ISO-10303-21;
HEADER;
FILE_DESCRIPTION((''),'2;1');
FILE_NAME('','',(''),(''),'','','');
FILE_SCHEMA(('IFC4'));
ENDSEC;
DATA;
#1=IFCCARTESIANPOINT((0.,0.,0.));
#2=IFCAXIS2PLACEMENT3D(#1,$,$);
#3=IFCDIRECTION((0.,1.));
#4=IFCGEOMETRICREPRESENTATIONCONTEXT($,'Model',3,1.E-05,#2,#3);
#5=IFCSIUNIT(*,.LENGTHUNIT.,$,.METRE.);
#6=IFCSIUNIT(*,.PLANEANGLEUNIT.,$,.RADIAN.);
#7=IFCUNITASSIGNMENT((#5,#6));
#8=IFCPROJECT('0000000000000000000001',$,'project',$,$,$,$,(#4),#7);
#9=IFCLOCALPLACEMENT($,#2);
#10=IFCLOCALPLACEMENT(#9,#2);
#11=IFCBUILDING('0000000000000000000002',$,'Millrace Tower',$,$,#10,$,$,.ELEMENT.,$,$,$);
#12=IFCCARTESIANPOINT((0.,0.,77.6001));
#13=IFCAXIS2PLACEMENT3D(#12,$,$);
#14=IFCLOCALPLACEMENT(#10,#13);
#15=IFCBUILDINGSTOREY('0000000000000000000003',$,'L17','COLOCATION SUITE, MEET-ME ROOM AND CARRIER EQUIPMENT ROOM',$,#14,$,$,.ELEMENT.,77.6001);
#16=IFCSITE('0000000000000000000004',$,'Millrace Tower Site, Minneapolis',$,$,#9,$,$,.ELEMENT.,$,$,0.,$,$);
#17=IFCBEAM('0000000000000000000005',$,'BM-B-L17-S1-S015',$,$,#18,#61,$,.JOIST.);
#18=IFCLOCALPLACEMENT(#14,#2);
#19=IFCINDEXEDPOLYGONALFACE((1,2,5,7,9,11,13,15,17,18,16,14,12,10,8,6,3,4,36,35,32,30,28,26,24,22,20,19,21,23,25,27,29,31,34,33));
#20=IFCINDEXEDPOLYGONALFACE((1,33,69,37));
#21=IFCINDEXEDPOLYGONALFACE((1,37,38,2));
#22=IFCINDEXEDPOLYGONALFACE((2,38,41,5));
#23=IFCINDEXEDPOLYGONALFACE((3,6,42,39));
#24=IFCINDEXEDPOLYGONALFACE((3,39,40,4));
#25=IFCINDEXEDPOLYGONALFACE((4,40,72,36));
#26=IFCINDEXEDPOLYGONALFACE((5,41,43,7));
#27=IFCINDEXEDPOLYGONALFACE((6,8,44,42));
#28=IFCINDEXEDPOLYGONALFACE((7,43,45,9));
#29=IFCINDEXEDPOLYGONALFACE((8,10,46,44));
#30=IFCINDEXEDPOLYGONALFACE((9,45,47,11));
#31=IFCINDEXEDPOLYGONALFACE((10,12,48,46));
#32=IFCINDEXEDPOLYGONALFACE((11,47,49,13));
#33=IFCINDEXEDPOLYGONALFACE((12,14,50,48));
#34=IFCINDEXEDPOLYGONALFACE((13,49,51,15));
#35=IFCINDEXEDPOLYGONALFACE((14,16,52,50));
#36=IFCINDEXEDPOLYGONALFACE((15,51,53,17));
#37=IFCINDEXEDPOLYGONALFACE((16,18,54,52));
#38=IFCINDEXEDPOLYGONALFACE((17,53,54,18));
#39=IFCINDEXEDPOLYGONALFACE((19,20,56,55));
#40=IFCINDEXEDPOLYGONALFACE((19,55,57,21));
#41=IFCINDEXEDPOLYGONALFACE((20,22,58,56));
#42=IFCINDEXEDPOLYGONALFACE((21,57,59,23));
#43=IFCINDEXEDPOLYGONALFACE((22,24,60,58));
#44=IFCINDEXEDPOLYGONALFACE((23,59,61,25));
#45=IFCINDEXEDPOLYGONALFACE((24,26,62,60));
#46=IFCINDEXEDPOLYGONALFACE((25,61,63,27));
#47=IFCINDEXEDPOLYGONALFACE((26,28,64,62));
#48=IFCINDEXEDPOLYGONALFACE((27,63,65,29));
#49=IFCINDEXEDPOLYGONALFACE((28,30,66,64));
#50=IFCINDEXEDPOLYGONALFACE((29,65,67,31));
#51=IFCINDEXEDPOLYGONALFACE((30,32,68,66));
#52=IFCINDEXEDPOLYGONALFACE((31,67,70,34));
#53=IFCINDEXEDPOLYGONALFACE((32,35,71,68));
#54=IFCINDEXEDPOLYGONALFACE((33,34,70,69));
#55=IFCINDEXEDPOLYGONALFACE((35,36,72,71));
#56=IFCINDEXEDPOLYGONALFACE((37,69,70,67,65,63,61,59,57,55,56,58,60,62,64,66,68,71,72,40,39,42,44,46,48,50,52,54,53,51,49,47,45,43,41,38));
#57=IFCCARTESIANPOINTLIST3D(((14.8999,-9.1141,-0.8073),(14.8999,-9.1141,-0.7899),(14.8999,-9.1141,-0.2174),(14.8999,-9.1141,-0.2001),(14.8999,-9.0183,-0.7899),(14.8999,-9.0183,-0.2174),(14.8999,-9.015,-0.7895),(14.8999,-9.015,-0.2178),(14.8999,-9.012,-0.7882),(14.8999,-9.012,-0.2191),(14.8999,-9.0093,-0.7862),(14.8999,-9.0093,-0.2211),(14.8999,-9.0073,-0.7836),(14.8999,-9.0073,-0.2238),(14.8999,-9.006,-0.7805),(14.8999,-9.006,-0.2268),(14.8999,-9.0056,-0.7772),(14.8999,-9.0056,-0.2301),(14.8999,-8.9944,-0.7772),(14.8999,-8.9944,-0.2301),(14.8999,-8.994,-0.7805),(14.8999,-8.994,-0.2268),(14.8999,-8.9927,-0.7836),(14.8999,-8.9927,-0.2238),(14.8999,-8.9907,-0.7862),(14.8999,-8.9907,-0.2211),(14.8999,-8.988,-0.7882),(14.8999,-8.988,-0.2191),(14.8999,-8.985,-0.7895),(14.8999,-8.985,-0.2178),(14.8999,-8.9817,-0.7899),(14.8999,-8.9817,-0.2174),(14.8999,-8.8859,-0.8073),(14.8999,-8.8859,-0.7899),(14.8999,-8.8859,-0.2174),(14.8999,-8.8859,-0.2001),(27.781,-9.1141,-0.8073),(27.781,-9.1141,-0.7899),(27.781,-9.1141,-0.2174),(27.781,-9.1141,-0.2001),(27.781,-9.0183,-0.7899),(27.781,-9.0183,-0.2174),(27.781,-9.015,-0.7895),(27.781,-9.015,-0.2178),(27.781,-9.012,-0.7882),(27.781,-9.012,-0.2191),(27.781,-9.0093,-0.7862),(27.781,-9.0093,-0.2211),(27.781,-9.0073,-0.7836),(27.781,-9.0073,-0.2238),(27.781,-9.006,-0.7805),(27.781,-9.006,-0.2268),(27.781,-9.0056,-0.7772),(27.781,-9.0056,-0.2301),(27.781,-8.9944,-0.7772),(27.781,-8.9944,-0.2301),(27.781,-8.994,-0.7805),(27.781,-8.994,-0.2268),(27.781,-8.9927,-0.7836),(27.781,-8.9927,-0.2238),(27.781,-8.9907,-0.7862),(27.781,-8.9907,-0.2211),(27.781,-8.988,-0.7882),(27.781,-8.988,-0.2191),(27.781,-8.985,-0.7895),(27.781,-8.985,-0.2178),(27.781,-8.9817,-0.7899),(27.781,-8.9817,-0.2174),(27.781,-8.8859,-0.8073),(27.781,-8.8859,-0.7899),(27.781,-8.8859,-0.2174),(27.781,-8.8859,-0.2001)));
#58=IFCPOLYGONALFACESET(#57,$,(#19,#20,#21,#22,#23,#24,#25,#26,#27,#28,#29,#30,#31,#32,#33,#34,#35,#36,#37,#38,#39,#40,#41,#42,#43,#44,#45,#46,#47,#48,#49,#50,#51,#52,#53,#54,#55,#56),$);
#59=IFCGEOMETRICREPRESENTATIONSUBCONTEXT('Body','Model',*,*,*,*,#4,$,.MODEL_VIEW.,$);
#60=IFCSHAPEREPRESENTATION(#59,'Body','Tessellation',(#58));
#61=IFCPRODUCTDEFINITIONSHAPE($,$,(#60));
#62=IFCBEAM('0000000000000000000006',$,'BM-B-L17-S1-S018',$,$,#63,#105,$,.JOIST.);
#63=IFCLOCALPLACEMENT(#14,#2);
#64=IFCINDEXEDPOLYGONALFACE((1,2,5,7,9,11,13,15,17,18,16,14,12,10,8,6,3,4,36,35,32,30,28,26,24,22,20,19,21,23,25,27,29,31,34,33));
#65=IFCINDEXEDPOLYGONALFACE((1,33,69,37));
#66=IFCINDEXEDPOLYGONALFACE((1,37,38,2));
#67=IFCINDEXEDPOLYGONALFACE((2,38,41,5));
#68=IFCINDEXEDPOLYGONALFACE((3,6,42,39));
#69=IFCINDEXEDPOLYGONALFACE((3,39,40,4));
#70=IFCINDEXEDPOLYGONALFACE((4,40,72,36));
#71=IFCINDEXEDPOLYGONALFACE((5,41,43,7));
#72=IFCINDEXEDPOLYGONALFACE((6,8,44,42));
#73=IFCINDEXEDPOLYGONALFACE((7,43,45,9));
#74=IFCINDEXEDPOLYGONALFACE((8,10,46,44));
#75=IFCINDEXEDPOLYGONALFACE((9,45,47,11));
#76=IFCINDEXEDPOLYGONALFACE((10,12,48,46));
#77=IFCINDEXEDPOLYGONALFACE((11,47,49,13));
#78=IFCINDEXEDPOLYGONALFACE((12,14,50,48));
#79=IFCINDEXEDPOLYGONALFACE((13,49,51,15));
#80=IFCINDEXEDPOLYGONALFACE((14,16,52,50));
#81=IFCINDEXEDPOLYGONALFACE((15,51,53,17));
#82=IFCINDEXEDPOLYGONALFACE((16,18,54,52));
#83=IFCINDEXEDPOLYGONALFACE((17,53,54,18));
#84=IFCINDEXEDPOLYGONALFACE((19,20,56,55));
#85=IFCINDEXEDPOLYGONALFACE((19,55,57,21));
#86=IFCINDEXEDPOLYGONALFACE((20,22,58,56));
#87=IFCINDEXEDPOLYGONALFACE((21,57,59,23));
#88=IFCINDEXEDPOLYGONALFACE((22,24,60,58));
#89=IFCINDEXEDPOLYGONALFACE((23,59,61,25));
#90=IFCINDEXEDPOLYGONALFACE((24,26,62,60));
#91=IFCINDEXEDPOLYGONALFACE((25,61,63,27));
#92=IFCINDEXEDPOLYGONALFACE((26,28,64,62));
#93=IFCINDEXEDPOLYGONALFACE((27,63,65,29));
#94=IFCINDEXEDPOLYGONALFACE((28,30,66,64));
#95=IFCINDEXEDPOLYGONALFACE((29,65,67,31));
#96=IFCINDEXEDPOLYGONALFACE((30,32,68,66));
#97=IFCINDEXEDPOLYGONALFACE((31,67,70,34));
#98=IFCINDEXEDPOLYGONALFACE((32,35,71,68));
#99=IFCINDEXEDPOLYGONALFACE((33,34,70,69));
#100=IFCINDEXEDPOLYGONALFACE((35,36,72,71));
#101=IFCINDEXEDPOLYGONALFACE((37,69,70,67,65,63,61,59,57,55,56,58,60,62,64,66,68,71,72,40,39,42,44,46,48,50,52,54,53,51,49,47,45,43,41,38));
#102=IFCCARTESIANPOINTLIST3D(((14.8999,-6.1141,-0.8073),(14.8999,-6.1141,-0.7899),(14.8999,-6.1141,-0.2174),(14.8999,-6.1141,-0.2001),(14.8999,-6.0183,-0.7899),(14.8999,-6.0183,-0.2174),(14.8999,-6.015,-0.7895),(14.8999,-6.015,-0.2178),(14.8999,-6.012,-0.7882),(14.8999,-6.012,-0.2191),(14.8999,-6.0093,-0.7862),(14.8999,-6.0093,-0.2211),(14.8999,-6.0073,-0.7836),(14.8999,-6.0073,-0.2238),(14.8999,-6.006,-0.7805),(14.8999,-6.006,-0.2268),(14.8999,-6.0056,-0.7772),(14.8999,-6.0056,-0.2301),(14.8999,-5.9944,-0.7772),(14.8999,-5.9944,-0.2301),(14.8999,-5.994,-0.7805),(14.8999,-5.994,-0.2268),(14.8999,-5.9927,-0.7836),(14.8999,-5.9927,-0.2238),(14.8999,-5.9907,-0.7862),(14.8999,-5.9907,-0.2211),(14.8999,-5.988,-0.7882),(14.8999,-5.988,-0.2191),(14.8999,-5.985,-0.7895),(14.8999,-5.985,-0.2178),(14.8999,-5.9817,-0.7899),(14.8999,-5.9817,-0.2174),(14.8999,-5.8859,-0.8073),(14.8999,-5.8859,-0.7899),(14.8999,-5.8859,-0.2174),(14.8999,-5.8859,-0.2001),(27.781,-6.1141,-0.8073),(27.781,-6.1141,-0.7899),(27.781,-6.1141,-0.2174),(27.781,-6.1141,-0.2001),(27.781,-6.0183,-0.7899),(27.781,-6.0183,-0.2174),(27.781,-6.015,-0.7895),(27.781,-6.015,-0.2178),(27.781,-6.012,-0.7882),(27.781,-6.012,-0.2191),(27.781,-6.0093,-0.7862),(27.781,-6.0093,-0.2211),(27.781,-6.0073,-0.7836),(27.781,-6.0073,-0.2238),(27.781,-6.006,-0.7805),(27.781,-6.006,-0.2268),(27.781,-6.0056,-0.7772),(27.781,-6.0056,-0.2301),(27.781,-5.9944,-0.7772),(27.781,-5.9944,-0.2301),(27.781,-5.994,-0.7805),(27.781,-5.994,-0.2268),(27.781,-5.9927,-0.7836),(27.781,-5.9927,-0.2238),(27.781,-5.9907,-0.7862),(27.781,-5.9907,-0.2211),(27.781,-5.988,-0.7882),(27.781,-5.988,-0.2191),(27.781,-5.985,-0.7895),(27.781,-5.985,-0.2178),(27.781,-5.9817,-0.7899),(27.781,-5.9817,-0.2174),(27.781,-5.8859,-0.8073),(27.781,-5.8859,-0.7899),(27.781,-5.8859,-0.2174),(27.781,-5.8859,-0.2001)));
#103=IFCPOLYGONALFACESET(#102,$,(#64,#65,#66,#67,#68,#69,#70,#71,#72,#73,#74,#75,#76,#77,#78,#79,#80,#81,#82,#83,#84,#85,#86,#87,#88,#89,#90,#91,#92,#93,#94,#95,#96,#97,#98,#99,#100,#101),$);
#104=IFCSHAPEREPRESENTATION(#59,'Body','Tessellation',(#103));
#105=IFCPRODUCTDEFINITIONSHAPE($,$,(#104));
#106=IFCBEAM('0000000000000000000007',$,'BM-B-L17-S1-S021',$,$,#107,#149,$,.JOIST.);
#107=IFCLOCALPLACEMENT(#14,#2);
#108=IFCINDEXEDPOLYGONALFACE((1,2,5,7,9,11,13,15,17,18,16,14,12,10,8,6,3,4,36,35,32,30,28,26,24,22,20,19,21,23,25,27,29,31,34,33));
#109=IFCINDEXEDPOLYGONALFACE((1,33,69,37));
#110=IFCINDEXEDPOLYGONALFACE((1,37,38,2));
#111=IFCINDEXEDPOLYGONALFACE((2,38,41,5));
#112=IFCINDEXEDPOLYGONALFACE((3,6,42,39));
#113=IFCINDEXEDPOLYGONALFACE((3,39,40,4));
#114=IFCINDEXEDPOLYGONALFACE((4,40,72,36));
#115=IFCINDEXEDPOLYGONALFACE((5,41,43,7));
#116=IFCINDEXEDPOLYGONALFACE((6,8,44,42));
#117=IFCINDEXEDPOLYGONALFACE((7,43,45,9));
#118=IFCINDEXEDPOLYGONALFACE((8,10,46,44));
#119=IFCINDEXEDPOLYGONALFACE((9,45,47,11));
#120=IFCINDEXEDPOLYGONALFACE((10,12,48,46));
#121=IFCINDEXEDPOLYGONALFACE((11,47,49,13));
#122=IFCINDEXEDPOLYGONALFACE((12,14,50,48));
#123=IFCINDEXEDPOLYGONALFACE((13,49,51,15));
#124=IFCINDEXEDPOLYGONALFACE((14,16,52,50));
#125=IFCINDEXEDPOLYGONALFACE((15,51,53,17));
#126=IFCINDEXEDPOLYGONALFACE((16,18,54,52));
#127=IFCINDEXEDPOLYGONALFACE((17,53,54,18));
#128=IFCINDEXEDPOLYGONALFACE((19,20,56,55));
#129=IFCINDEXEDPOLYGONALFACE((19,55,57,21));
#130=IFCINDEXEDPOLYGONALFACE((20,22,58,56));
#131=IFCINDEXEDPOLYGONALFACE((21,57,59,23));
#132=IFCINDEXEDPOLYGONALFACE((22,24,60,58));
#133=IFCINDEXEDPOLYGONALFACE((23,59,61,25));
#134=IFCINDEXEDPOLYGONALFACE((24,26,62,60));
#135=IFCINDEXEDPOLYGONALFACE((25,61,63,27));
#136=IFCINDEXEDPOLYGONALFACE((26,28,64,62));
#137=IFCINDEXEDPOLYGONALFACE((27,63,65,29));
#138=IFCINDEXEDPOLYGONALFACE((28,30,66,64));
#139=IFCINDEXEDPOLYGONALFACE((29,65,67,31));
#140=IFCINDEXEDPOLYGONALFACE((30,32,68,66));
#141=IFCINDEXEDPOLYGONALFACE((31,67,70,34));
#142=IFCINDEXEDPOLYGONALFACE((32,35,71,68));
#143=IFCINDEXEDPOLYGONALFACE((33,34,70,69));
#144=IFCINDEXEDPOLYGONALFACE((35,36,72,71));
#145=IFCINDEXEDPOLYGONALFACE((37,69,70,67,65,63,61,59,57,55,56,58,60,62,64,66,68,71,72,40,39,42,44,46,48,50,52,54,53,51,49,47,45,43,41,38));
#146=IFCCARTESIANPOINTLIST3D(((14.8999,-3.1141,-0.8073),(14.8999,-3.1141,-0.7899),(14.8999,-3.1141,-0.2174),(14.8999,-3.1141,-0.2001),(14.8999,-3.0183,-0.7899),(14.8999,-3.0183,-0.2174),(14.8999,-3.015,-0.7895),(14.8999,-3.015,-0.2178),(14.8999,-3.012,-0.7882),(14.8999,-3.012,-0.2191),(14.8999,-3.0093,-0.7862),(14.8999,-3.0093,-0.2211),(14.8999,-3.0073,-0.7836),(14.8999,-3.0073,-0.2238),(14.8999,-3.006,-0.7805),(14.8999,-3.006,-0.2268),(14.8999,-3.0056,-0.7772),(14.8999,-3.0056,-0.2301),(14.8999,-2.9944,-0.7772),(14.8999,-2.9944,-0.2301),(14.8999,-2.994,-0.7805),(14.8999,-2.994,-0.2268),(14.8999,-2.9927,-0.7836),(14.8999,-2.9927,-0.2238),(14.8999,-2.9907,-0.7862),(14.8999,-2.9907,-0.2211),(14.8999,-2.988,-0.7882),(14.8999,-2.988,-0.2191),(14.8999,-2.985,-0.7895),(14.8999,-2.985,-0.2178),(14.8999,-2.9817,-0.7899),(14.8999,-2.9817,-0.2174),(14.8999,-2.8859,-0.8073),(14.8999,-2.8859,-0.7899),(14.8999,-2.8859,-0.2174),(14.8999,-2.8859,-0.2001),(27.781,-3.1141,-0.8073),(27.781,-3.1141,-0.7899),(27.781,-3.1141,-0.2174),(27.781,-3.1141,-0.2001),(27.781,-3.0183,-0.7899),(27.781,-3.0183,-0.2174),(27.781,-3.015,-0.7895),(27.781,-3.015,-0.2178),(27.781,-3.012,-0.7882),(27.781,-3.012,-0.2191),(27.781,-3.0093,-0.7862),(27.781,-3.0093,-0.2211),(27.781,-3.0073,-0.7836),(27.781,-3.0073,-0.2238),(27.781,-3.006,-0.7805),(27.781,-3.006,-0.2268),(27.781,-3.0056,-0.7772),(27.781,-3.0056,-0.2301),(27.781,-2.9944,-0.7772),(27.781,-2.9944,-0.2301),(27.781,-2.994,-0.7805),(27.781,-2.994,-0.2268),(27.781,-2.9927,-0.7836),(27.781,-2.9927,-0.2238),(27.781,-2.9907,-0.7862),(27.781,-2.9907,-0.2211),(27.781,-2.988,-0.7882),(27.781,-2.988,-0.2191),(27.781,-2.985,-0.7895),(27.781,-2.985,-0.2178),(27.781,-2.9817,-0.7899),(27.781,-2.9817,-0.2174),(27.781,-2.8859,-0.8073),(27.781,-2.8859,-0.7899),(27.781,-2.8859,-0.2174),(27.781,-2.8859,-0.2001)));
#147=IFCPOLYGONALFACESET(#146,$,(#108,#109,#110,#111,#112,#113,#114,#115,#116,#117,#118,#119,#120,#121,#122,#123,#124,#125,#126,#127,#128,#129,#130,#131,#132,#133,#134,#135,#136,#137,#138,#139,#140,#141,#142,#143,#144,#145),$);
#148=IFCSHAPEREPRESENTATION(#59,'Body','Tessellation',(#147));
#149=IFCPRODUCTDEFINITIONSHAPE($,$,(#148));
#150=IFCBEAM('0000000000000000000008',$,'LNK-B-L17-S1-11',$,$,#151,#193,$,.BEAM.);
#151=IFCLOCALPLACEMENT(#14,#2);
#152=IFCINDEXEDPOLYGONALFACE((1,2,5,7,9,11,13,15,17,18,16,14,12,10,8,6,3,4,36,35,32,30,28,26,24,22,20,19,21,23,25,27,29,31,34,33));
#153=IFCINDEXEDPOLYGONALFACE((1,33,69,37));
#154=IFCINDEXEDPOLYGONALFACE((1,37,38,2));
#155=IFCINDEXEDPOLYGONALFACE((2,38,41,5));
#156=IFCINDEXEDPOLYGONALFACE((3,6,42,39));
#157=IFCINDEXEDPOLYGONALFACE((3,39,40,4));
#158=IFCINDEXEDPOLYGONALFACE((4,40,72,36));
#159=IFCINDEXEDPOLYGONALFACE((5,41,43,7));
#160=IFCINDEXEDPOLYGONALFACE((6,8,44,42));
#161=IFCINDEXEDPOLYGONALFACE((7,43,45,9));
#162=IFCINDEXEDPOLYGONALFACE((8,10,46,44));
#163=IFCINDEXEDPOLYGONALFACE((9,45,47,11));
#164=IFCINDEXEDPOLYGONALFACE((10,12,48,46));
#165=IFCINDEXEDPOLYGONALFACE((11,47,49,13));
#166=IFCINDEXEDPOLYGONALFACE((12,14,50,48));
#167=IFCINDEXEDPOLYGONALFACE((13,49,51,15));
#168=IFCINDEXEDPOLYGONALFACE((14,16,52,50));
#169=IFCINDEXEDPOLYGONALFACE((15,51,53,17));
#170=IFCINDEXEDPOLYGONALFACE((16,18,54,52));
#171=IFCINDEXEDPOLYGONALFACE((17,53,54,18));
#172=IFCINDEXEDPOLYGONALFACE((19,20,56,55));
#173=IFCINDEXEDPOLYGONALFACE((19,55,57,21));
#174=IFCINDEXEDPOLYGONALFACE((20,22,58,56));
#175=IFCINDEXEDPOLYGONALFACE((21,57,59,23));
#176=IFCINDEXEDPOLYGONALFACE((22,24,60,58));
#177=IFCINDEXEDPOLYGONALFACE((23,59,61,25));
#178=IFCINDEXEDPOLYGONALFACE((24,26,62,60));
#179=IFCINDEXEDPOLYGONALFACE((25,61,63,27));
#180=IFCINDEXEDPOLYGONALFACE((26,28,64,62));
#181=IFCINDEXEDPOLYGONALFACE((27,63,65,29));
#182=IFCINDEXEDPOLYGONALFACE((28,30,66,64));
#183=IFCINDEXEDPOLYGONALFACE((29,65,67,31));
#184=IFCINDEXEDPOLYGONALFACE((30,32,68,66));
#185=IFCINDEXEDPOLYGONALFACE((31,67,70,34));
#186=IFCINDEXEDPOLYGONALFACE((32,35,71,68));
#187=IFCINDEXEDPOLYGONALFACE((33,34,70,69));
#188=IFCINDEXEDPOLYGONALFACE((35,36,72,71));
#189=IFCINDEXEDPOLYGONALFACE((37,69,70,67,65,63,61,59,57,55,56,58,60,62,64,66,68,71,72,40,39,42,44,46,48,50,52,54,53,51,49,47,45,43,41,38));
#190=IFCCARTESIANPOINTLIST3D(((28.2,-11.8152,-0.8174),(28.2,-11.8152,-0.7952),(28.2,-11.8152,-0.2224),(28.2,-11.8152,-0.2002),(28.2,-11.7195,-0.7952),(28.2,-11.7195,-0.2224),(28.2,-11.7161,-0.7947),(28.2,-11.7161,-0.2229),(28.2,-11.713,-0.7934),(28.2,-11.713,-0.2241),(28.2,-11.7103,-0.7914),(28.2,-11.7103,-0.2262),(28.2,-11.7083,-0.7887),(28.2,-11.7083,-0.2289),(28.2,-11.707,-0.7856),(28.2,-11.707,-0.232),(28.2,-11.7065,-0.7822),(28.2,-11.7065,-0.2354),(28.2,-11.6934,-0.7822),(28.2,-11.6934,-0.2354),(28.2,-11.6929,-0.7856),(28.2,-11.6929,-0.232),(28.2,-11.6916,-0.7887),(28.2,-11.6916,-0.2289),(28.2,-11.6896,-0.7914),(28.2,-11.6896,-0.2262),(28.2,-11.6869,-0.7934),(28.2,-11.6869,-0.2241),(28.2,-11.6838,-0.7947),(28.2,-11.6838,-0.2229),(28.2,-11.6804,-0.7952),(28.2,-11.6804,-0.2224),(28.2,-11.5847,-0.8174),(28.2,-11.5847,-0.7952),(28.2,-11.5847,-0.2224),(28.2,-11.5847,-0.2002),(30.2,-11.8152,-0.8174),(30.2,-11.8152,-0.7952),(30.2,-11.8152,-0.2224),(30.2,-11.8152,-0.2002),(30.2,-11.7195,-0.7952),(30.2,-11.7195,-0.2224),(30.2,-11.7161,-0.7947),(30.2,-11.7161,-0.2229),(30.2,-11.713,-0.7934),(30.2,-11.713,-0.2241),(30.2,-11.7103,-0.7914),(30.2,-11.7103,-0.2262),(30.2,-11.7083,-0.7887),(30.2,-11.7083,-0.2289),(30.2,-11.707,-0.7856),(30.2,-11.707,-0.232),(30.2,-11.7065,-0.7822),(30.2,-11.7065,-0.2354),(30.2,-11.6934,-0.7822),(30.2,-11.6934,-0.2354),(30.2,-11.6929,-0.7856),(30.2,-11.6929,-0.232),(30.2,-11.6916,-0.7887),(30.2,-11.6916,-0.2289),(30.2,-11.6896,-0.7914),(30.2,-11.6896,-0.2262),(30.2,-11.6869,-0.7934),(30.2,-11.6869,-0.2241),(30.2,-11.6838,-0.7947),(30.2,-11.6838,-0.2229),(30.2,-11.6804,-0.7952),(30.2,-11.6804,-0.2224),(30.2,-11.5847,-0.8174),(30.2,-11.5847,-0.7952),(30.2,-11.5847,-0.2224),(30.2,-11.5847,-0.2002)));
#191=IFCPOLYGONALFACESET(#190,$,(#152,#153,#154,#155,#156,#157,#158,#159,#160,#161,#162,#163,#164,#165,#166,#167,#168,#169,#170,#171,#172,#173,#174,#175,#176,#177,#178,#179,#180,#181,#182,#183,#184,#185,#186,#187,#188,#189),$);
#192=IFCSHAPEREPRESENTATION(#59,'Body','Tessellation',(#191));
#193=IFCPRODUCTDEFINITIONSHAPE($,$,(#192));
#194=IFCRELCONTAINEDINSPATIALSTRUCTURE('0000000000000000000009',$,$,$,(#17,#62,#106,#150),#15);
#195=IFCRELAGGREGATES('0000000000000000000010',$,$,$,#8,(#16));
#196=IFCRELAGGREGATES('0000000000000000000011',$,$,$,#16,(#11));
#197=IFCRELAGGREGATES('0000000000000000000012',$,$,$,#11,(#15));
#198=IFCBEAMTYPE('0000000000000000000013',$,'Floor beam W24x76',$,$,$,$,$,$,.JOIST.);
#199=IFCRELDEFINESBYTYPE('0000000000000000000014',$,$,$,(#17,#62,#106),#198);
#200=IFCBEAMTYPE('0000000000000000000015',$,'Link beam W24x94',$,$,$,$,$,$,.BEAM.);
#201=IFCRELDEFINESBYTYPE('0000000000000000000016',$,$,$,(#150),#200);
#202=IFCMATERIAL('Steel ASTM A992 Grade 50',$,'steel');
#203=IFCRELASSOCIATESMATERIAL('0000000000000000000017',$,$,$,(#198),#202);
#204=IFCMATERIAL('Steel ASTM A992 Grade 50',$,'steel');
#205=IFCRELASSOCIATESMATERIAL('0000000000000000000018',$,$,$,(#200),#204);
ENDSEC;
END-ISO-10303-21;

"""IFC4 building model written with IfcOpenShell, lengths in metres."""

from ifc_helpers import new_model, si_unit, direction, frame, origin, origin_2d, place, context, subcontext, project, spatial, i_section, extrude, material, material_profile, profile_set, type_object, element, save


model = new_model("IFC4")

# Units and contexts
model_context = context("Model", 3, precision=1e-05, world=origin(), true_north=direction((0.0, 1.0)))
body_context = subcontext(model_context, "Body", "Model", "MODEL_VIEW")
ifc_project = project(units=[si_unit("LENGTHUNIT", "METRE"), si_unit("PLANEANGLEUNIT", "RADIAN")], contexts=[model_context])

# Site, building, storey
site_placement = place(None, origin())
site = spatial("IfcSite", under=ifc_project, at=site_placement, Name="Millrace Tower Site, Minneapolis", CompositionType="ELEMENT", RefElevation=0.0)
building_placement = place(site_placement, origin())
building = spatial("IfcBuilding", under=site, at=building_placement, Name="Millrace Tower", CompositionType="ELEMENT")
storey_placement = place(building_placement, frame((0.0, 0.0, 77.6001)))
storey = spatial("IfcBuildingStorey", under=building, at=storey_placement, Name="L17", Description="COLOCATION SUITE, MEET-ME ROOM AND CARRIER EQUIPMENT ROOM", CompositionType="ELEMENT", Elevation=77.6001)

# Beams
ifc_material_1 = material(Name="Steel ASTM A992 Grade 50", Category="steel")
ifc_material_profile_1 = material_profile(ifc_material_1, i_section(OverallWidth=0.2283, OverallDepth=0.6072, WebThickness=0.0112, FlangeThickness=0.0173, FilletRadius=0.0127, at=origin_2d()))
ifc_profile_set_1 = profile_set([ifc_material_profile_1], Name="Steel ASTM A992 Grade 50")
beam_type_1 = type_object("IfcBeamType", Name="Floor beam W24x76", PredefinedType="JOIST", material=ifc_profile_set_1)
for number, where, z_axis, x_axis, name in (
    (1, (14.8999, -9.0, -0.5037), (1.0, 0.0, 0.0), (0.0, 1.0, 0.0), "BM-B-L17-S1-S015"),
    (2, (14.8999, -6.0, -0.5037), (1.0, 0.0, 0.0), (0.0, 1.0, 0.0), "BM-B-L17-S1-S018"),
    (3, (14.8999, -3.0, -0.5037), (1.0, 0.0, 0.0), (0.0, 1.0, 0.0), "BM-B-L17-S1-S021"),
):
    element("IfcBeam", number, at=place(storey_placement, frame(where, z_axis=z_axis, x_axis=x_axis)), inside=storey, type_object=beam_type_1, Name=name, PredefinedType="JOIST", context=body_context, shape_type="SweptSolid", body=[
        extrude(i_section(OverallWidth=0.2283, OverallDepth=0.6072, WebThickness=0.0112, FlangeThickness=0.0173, FilletRadius=0.0127, at=origin_2d()), origin(), (0.0, 0.0, 1.0), 12.8811),
    ])
ifc_material_2 = material(Name="Steel ASTM A992 Grade 50", Category="steel")
ifc_material_profile_2 = material_profile(ifc_material_2, i_section(OverallWidth=0.2305, OverallDepth=0.6172, WebThickness=0.0132, FlangeThickness=0.0222, FilletRadius=0.0129, at=origin_2d()))
ifc_profile_set_2 = profile_set([ifc_material_profile_2], Name="Steel ASTM A992 Grade 50")
beam_type_2 = type_object("IfcBeamType", Name="Link beam W24x94", PredefinedType="BEAM", material=ifc_profile_set_2)
beam_1_placement = place(storey_placement, frame((28.2, -11.7, -0.5088), z_axis=(1.0, 0.0, 0.0), x_axis=(0.0, 1.0, 0.0)))
element("IfcBeam", 4, at=beam_1_placement, inside=storey, type_object=beam_type_2, Name="LNK-B-L17-S1-11", PredefinedType="BEAM", context=body_context, shape_type="SweptSolid", body=[
    extrude(i_section(OverallWidth=0.2305, OverallDepth=0.6172, WebThickness=0.0132, FlangeThickness=0.0222, FilletRadius=0.0129, at=origin_2d()), origin(), (0.0, 0.0, 1.0), 2.0),
])

save(model, "model.ifc")
